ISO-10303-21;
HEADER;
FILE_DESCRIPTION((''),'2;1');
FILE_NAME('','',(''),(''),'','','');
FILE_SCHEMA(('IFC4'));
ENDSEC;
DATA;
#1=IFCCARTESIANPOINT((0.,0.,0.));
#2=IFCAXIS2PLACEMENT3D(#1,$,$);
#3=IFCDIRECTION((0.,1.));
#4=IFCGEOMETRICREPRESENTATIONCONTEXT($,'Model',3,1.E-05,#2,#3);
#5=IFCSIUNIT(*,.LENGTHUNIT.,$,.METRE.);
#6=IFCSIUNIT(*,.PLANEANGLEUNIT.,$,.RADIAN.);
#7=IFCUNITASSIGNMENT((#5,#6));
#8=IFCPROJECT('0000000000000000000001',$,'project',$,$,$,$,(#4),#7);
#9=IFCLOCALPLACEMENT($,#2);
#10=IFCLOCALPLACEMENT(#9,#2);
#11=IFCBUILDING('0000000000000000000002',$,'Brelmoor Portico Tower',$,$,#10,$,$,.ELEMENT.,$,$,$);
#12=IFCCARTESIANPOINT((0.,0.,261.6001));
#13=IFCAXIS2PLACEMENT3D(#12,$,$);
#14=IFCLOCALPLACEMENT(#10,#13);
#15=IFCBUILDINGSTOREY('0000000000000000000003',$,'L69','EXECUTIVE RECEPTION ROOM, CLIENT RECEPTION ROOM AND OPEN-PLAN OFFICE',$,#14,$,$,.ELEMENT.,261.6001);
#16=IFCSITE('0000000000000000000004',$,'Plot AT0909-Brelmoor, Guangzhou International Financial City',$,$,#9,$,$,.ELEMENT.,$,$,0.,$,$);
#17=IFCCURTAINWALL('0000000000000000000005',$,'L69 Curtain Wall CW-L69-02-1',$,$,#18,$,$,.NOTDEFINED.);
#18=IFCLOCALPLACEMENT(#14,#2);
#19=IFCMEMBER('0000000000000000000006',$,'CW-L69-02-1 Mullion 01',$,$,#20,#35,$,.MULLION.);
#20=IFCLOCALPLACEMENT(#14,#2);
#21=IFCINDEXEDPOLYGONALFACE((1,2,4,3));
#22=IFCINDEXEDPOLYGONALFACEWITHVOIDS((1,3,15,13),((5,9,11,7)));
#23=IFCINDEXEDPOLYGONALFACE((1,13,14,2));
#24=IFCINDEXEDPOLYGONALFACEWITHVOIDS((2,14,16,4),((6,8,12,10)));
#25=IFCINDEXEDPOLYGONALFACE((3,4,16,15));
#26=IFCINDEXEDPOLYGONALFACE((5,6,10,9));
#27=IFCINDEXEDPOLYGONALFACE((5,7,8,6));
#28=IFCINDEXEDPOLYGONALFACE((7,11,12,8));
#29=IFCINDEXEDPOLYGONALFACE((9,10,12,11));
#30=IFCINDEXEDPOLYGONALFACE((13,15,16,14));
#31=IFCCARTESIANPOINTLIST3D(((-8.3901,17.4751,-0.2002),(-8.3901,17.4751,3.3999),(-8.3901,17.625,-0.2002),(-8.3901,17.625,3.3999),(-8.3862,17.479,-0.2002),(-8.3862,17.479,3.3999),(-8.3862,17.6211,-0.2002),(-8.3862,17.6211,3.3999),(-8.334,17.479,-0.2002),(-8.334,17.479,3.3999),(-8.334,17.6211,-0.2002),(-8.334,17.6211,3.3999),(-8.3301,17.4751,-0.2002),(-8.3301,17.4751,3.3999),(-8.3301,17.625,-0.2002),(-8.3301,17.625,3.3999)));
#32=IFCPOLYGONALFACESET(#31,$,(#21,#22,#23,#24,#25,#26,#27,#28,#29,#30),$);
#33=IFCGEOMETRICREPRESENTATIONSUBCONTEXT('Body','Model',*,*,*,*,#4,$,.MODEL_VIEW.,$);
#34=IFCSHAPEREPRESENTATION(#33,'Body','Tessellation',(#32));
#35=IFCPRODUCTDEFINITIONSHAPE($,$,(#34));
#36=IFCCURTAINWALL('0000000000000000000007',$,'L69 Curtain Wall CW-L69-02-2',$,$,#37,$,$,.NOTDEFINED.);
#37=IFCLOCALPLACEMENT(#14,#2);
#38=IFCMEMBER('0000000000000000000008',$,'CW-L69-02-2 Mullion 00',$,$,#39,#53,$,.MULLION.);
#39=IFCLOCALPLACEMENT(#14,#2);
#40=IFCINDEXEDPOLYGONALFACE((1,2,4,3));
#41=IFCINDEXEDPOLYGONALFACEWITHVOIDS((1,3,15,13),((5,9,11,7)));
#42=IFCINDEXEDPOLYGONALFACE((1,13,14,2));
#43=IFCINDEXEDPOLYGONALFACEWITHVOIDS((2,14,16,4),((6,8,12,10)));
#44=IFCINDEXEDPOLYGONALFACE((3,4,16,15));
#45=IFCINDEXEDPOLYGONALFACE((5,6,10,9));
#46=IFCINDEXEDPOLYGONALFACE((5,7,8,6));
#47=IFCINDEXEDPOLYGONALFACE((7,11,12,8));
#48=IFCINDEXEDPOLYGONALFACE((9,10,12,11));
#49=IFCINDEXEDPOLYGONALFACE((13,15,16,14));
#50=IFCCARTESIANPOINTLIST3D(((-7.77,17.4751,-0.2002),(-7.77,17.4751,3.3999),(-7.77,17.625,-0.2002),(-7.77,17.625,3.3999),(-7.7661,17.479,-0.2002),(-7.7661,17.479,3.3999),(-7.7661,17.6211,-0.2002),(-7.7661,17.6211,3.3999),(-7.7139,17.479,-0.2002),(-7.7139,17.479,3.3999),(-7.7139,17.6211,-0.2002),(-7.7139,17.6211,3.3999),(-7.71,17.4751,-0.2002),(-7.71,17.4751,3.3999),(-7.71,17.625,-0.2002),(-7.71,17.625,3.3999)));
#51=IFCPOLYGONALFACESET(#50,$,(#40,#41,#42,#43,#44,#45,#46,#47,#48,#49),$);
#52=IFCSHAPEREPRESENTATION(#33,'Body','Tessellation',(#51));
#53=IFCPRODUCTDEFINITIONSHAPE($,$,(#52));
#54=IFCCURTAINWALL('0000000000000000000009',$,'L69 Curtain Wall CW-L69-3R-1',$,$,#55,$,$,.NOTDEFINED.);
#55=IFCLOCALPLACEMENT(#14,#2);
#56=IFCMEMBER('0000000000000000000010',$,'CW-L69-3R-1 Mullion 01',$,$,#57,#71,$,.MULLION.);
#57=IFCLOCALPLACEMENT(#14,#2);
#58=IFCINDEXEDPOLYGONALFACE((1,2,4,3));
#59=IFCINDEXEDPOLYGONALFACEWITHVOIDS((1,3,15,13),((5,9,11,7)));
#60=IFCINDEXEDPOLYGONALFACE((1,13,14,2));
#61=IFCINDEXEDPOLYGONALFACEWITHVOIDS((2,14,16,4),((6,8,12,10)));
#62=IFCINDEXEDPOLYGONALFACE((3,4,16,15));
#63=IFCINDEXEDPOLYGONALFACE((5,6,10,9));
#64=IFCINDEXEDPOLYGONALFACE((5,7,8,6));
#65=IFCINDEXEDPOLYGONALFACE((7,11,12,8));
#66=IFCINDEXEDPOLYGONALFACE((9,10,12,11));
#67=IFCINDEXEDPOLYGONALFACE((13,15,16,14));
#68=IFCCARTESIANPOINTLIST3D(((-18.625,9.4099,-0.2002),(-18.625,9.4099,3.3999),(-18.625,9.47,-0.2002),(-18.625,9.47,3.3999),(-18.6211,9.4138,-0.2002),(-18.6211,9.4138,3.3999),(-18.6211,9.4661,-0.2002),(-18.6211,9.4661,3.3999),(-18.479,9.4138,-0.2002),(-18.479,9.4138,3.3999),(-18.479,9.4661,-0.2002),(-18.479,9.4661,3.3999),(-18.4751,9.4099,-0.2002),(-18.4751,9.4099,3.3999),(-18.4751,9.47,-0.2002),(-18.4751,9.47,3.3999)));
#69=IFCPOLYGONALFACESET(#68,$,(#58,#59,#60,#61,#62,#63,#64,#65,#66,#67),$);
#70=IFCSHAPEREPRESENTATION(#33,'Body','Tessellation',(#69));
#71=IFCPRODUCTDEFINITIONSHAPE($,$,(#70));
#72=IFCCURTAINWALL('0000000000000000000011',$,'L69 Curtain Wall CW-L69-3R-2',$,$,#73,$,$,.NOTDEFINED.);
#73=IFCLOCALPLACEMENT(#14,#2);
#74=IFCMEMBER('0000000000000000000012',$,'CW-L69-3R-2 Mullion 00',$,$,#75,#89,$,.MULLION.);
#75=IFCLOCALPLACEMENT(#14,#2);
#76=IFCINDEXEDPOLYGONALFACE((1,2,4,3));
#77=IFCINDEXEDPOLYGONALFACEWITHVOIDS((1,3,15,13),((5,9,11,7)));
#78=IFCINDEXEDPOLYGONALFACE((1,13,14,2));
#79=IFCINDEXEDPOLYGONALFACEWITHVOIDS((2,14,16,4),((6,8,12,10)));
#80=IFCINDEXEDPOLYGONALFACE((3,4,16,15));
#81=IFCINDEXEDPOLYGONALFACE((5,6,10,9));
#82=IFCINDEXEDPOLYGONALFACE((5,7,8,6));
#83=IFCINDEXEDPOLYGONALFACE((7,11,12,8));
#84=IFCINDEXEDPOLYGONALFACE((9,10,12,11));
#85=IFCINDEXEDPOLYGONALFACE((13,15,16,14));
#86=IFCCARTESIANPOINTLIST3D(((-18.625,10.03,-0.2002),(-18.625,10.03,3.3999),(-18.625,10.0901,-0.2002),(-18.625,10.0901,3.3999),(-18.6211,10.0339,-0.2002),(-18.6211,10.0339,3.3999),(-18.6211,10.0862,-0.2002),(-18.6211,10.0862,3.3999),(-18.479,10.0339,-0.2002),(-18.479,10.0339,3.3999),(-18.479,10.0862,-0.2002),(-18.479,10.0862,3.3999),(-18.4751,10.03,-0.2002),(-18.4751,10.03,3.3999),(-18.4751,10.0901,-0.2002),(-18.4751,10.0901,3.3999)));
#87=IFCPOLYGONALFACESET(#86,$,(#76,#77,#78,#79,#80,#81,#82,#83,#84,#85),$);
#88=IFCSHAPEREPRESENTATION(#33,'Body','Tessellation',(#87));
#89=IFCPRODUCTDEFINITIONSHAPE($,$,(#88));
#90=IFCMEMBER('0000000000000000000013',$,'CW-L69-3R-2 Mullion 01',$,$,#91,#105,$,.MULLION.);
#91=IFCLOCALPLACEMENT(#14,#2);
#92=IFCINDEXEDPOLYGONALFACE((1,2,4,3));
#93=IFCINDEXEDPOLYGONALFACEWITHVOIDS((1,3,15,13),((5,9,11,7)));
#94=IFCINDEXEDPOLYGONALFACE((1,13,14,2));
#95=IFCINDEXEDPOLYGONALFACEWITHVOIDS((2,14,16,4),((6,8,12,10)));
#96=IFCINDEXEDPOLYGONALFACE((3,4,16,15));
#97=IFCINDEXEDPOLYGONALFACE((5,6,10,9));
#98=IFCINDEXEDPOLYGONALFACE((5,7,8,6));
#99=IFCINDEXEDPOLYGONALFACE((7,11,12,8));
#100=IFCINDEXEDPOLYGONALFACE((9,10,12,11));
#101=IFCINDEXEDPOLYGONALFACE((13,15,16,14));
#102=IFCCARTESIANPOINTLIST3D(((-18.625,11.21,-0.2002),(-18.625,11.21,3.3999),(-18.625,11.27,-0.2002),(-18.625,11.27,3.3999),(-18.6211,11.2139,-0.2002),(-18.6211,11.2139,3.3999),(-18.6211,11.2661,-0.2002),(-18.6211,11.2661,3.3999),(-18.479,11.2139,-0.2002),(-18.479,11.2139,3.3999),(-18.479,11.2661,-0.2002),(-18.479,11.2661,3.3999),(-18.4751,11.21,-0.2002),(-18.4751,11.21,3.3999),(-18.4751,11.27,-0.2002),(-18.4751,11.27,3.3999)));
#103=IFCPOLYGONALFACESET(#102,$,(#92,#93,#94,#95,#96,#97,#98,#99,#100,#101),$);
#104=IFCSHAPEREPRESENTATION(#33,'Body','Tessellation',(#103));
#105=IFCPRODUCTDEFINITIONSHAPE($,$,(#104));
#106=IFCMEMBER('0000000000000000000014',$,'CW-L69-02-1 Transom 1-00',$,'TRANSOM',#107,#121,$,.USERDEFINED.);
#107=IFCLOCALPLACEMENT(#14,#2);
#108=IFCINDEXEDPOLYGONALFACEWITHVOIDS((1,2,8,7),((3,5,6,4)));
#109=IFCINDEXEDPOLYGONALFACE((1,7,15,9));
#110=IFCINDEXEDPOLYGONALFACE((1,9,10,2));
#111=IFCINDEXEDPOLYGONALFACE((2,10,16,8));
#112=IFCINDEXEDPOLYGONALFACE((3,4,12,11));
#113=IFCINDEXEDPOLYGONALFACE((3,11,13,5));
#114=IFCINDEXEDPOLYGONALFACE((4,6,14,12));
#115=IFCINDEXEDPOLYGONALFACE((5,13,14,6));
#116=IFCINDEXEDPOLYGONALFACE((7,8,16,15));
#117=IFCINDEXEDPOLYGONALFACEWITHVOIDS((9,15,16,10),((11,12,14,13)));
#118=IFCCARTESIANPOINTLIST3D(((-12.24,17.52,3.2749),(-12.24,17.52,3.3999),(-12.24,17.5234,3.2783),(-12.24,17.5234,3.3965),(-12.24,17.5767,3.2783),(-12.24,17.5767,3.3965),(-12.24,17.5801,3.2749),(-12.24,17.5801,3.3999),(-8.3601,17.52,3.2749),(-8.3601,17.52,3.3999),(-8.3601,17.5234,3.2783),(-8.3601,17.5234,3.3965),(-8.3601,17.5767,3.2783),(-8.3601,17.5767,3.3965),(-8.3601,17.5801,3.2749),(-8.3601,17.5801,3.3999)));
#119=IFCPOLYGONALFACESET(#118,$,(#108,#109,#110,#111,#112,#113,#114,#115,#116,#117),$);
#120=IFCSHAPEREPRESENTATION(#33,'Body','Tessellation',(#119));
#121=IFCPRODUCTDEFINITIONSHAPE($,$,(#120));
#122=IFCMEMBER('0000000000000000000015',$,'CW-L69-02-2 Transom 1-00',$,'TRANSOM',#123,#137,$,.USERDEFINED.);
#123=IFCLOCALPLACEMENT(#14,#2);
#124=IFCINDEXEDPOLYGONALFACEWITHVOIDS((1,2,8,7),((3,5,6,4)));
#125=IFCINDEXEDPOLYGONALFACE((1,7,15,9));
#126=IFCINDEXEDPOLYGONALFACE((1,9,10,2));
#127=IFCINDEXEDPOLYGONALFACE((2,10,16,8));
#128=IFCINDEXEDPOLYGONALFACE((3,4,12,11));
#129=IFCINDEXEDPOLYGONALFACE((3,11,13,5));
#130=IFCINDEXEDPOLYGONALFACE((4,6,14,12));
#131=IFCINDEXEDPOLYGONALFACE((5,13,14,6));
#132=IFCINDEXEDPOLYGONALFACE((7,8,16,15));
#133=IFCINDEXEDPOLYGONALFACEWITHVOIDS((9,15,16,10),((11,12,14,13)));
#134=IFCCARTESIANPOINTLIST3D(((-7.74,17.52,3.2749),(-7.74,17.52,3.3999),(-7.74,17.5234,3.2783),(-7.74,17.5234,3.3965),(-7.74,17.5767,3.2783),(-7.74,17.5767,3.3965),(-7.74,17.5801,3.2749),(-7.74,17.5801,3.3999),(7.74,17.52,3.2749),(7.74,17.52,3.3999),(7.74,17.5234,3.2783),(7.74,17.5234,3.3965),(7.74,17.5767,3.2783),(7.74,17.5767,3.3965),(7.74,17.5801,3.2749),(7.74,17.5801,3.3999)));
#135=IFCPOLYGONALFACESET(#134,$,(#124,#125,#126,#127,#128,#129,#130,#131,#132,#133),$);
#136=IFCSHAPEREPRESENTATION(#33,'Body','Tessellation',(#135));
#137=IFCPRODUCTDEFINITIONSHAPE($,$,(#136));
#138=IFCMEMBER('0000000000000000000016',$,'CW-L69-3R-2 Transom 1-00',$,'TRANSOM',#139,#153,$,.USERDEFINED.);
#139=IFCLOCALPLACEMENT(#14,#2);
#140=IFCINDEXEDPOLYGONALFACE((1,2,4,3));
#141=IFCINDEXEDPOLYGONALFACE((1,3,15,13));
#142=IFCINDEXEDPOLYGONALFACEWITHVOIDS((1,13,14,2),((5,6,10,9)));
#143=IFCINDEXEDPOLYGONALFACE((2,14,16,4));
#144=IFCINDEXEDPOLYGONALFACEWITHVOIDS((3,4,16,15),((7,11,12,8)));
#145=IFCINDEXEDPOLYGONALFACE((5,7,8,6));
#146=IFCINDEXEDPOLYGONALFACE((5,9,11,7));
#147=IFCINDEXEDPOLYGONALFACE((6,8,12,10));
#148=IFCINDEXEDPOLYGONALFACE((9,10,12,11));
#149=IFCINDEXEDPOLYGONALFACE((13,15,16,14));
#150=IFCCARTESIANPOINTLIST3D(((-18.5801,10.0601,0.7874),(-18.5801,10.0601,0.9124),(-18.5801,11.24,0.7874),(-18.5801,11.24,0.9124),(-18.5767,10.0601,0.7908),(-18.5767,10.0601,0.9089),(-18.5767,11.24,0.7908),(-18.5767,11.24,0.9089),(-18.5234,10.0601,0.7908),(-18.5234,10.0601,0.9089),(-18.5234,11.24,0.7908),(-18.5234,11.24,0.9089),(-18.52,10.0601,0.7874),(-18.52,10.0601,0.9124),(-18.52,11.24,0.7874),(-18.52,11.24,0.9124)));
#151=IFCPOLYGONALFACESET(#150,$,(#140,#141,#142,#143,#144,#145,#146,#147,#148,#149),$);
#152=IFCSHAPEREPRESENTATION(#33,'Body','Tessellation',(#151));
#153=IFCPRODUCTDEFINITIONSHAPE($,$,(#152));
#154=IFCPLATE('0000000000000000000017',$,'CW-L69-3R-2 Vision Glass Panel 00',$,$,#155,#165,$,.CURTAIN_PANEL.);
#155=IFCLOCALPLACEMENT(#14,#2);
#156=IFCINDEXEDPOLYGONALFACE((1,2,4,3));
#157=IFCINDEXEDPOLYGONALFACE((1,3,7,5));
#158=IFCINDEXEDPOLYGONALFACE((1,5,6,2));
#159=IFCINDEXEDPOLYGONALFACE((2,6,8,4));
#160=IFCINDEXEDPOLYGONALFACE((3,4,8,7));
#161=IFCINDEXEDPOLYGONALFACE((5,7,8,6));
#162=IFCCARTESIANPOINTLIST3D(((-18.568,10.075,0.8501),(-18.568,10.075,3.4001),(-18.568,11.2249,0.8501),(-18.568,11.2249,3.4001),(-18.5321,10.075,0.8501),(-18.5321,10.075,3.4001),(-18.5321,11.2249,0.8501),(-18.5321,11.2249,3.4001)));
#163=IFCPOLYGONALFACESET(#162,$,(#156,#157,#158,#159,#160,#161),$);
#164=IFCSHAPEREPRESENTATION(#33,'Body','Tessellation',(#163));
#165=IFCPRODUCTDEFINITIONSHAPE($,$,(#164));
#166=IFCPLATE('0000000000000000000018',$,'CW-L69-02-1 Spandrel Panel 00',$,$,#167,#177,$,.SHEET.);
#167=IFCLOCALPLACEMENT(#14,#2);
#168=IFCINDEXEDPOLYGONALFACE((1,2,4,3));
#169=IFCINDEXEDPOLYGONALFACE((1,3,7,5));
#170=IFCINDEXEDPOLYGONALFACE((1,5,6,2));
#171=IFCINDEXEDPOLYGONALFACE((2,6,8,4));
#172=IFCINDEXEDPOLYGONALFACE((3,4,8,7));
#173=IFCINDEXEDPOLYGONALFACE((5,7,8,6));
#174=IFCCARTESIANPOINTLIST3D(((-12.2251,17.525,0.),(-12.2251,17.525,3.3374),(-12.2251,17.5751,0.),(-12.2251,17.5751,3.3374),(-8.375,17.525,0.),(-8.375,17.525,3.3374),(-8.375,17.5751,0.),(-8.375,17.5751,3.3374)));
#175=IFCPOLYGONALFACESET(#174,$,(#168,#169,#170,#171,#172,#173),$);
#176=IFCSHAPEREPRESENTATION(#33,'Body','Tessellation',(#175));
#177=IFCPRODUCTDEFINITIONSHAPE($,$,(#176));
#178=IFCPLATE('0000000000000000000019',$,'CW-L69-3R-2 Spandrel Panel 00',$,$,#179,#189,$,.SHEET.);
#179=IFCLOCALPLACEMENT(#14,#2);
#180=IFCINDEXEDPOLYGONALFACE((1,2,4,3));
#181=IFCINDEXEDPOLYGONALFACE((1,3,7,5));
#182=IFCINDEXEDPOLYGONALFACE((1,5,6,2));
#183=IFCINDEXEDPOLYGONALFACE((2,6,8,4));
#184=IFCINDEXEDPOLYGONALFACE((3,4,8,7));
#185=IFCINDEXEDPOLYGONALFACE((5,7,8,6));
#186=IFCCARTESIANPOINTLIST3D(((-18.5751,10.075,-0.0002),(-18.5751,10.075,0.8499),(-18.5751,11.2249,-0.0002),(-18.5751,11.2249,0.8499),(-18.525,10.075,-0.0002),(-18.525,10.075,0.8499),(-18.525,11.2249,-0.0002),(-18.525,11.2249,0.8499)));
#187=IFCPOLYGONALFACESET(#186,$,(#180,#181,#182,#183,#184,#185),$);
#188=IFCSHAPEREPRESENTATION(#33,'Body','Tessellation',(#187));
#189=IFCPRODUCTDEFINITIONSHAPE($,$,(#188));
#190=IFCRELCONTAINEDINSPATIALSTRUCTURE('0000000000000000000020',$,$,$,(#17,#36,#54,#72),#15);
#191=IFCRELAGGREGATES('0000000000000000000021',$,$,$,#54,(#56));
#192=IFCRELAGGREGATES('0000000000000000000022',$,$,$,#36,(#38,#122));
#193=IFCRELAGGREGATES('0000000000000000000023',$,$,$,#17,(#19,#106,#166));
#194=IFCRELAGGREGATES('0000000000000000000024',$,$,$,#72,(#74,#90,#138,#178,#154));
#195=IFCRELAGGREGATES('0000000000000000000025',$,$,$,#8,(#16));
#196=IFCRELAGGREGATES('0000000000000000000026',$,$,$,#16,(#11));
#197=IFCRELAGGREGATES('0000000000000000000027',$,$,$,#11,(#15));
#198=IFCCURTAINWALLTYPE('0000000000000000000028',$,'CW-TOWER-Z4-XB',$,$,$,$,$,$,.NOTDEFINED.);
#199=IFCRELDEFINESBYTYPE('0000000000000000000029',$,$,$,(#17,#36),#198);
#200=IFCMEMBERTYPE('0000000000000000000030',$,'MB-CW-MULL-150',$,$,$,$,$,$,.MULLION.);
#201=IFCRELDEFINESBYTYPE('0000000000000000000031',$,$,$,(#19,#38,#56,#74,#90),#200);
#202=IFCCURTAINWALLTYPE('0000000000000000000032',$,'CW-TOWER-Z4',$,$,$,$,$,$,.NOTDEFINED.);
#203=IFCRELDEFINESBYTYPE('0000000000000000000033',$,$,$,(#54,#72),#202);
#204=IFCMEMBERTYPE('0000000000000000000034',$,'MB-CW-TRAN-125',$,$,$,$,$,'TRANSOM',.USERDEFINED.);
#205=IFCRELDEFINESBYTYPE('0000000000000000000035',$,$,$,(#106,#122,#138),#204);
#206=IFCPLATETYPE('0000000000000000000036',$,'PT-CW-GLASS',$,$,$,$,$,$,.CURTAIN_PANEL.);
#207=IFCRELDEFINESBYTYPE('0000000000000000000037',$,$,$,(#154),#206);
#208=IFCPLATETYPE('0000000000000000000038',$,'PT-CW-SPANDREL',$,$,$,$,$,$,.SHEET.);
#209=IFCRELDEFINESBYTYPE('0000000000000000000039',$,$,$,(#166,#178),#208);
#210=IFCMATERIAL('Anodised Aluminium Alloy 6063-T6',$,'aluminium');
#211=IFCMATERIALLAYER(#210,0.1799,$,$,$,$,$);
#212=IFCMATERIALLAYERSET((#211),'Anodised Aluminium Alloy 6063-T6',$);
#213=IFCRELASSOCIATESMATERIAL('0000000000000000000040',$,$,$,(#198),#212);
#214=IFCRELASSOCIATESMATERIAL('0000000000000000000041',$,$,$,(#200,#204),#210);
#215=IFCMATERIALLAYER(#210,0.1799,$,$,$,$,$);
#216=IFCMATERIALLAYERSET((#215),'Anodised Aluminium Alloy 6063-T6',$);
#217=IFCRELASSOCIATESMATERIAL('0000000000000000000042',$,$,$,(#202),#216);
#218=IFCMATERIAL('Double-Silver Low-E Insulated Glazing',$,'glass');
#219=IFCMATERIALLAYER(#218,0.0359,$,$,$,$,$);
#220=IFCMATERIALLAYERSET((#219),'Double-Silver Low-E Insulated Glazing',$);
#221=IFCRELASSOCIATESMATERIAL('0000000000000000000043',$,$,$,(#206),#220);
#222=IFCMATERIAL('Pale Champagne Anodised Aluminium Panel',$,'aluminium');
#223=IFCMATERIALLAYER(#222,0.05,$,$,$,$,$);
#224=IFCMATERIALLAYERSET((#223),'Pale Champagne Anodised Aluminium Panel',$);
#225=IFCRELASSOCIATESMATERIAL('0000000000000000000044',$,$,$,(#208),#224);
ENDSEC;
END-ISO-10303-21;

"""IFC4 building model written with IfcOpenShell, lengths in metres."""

from ifc_helpers import new_model, si_unit, direction, frame, origin, origin_2d, place, context, subcontext, project, spatial, rectangle, hollow_rectangle, extrude, material, layer, layer_set, material_profile, profile_set, type_object, element, aggregate, save


model = new_model("IFC4")

# Units and contexts
model_context = context("Model", 3, precision=1e-05, world=origin(), true_north=direction((0.0, 1.0)))
body_context = subcontext(model_context, "Body", "Model", "MODEL_VIEW")
ifc_project = project(units=[si_unit("LENGTHUNIT", "METRE"), si_unit("PLANEANGLEUNIT", "RADIAN")], contexts=[model_context])

# Site, building, storey
site_placement = place(None, origin())
site = spatial("IfcSite", under=ifc_project, at=site_placement, Name="Plot AT0909-Brelmoor, Guangzhou International Financial City", CompositionType="ELEMENT", RefElevation=0.0)
building_placement = place(site_placement, origin())
building = spatial("IfcBuilding", under=site, at=building_placement, Name="Brelmoor Portico Tower", CompositionType="ELEMENT")
storey_placement = place(building_placement, frame((0.0, 0.0, 261.6001)))
storey = spatial("IfcBuildingStorey", under=building, at=storey_placement, Name="L69", Description="EXECUTIVE RECEPTION ROOM, CLIENT RECEPTION ROOM AND OPEN-PLAN OFFICE", CompositionType="ELEMENT", Elevation=261.6001)

# Curtain wall, member
ifc_material_1 = material(Name="Anodised Aluminium Alloy 6063-T6", Category="aluminium")
ifc_layer_1 = layer(ifc_material_1, 0.1799)
ifc_layer_set_1 = layer_set([ifc_layer_1], Name="Anodised Aluminium Alloy 6063-T6")
curtain_wall_type_1 = type_object("IfcCurtainWallType", Name="CW-TOWER-Z4-XB", PredefinedType="NOTDEFINED", material=ifc_layer_set_1)
curtain_wall_1_placement = place(storey_placement, origin())
curtain_wall_1 = element("IfcCurtainWall", 1, at=curtain_wall_1_placement, inside=storey, type_object=curtain_wall_type_1, Name="L69 Curtain Wall CW-L69-02-1", PredefinedType="NOTDEFINED")
ifc_material_profile_1 = material_profile(ifc_material_1, hollow_rectangle(XDim=0.0601, YDim=0.1499, WallThickness=0.0039, at=origin_2d()), Name="ALU MULLION 60x150")
ifc_profile_set_1 = profile_set([ifc_material_profile_1], Name="Anodised Aluminium Alloy 6063-T6")
member_type_1 = type_object("IfcMemberType", Name="MB-CW-MULL-150", PredefinedType="MULLION", material=ifc_profile_set_1)
member_1_placement = place(storey_placement, frame((-8.3601, 17.55, -0.2002), z_axis=(0.0, 0.0, 1.0), x_axis=(1.0, 0.0, 0.0)))
member_1 = element("IfcMember", 2, at=member_1_placement, type_object=member_type_1, Name="CW-L69-02-1 Mullion 01", PredefinedType="MULLION", context=body_context, shape_type="SweptSolid", body=[
    extrude(hollow_rectangle(XDim=0.0601, YDim=0.1499, WallThickness=0.0039, at=origin_2d()), origin(), (0.0, 0.0, 1.0), 3.6001),
])

# Curtain walls, members
curtain_wall_2_placement = place(storey_placement, origin())
curtain_wall_2 = element("IfcCurtainWall", 3, at=curtain_wall_2_placement, inside=storey, type_object=curtain_wall_type_1, Name="L69 Curtain Wall CW-L69-02-2", PredefinedType="NOTDEFINED")
member_2_placement = place(storey_placement, frame((-7.74, 17.55, -0.2002), z_axis=(0.0, 0.0, 1.0), x_axis=(1.0, 0.0, 0.0)))
member_2 = element("IfcMember", 4, at=member_2_placement, type_object=member_type_1, Name="CW-L69-02-2 Mullion 00", PredefinedType="MULLION", context=body_context, shape_type="SweptSolid", body=[
    extrude(hollow_rectangle(XDim=0.0601, YDim=0.1499, WallThickness=0.0039, at=origin_2d()), origin(), (0.0, 0.0, 1.0), 3.6001),
])
ifc_layer_2 = layer(ifc_material_1, 0.1799)
ifc_layer_set_2 = layer_set([ifc_layer_2], Name="Anodised Aluminium Alloy 6063-T6")
curtain_wall_type_2 = type_object("IfcCurtainWallType", Name="CW-TOWER-Z4", PredefinedType="NOTDEFINED", material=ifc_layer_set_2)
curtain_wall_3_placement = place(storey_placement, origin())
curtain_wall_3 = element("IfcCurtainWall", 5, at=curtain_wall_3_placement, inside=storey, type_object=curtain_wall_type_2, Name="L69 Curtain Wall CW-L69-3R-1", PredefinedType="NOTDEFINED")
member_3_placement = place(storey_placement, frame((-18.55, 9.4399, -0.2002), z_axis=(0.0, 0.0, 1.0), x_axis=(0.0, 1.0, 0.0)))
member_3 = element("IfcMember", 6, at=member_3_placement, type_object=member_type_1, Name="CW-L69-3R-1 Mullion 01", PredefinedType="MULLION", context=body_context, shape_type="SweptSolid", body=[
    extrude(hollow_rectangle(XDim=0.0601, YDim=0.1499, WallThickness=0.0039, at=origin_2d()), origin(), (0.0, 0.0, 1.0), 3.6001),
])
aggregate(curtain_wall_3, [member_3])

# Curtain wall, members
curtain_wall_4_placement = place(storey_placement, origin())
curtain_wall_4 = element("IfcCurtainWall", 7, at=curtain_wall_4_placement, inside=storey, type_object=curtain_wall_type_2, Name="L69 Curtain Wall CW-L69-3R-2", PredefinedType="NOTDEFINED")
member_4_placement = place(storey_placement, frame((-18.55, 10.0601, -0.2002), z_axis=(0.0, 0.0, 1.0), x_axis=(0.0, 1.0, 0.0)))
member_4 = element("IfcMember", 8, at=member_4_placement, type_object=member_type_1, Name="CW-L69-3R-2 Mullion 00", PredefinedType="MULLION", context=body_context, shape_type="SweptSolid", body=[
    extrude(hollow_rectangle(XDim=0.0601, YDim=0.1499, WallThickness=0.0039, at=origin_2d()), origin(), (0.0, 0.0, 1.0), 3.6001),
])
member_5_placement = place(storey_placement, frame((-18.55, 11.24, -0.2002), z_axis=(0.0, 0.0, 1.0), x_axis=(0.0, 1.0, 0.0)))
member_5 = element("IfcMember", 9, at=member_5_placement, type_object=member_type_1, Name="CW-L69-3R-2 Mullion 01", PredefinedType="MULLION", context=body_context, shape_type="SweptSolid", body=[
    extrude(hollow_rectangle(XDim=0.0601, YDim=0.1499, WallThickness=0.0039, at=origin_2d()), origin(), (0.0, 0.0, 1.0), 3.6001),
])

# Members
ifc_material_profile_2 = material_profile(ifc_material_1, hollow_rectangle(XDim=0.0601, YDim=0.125, WallThickness=0.0034, at=origin_2d()), Name="ALU TRANSOM 60x125")
ifc_profile_set_2 = profile_set([ifc_material_profile_2], Name="Anodised Aluminium Alloy 6063-T6")
member_type_2 = type_object("IfcMemberType", Name="MB-CW-TRAN-125", ElementType="TRANSOM", PredefinedType="USERDEFINED", material=ifc_profile_set_2)
member_6_placement = place(storey_placement, frame((-12.24, 17.55, 3.3374), z_axis=(1.0, 0.0, 0.0), x_axis=(0.0, 1.0, 0.0)))
member_6 = element("IfcMember", 10, at=member_6_placement, type_object=member_type_2, Name="CW-L69-02-1 Transom 1-00", ObjectType="TRANSOM", PredefinedType="USERDEFINED", context=body_context, shape_type="SweptSolid", body=[
    extrude(hollow_rectangle(XDim=0.0601, YDim=0.125, WallThickness=0.0034, at=origin_2d()), origin(), (0.0, 0.0, 1.0), 3.8799),
])
member_7_placement = place(storey_placement, frame((-7.74, 17.55, 3.3374), z_axis=(1.0, 0.0, 0.0), x_axis=(0.0, 1.0, 0.0)))
member_7 = element("IfcMember", 11, at=member_7_placement, type_object=member_type_2, Name="CW-L69-02-2 Transom 1-00", ObjectType="TRANSOM", PredefinedType="USERDEFINED", context=body_context, shape_type="SweptSolid", body=[
    extrude(hollow_rectangle(XDim=0.0601, YDim=0.125, WallThickness=0.0034, at=origin_2d()), origin(), (0.0, 0.0, 1.0), 15.48),
])
aggregate(curtain_wall_2, [member_2, member_7])
member_8_placement = place(storey_placement, frame((-18.55, 10.0601, 0.8499), z_axis=(0.0, 1.0, 0.0), x_axis=(-1.0, 0.0, 0.0)))
member_8 = element("IfcMember", 12, at=member_8_placement, type_object=member_type_2, Name="CW-L69-3R-2 Transom 1-00", ObjectType="TRANSOM", PredefinedType="USERDEFINED", context=body_context, shape_type="SweptSolid", body=[
    extrude(hollow_rectangle(XDim=0.0601, YDim=0.125, WallThickness=0.0034, at=origin_2d()), origin(), (0.0, 0.0, 1.0), 1.1799),
])

# Plates
ifc_material_2 = material(Name="Double-Silver Low-E Insulated Glazing", Category="glass")
ifc_layer_3 = layer(ifc_material_2, 0.0359)
ifc_layer_set_3 = layer_set([ifc_layer_3], Name="Double-Silver Low-E Insulated Glazing")
plate_type_1 = type_object("IfcPlateType", Name="PT-CW-GLASS", PredefinedType="CURTAIN_PANEL", material=ifc_layer_set_3)
plate_1_placement = place(storey_placement, frame((-18.55, 10.6499, 0.8501), z_axis=(0.0, 0.0, 1.0), x_axis=(0.0, 1.0, 0.0)))
plate_1 = element("IfcPlate", 13, at=plate_1_placement, type_object=plate_type_1, Name="CW-L69-3R-2 Vision Glass Panel 00", PredefinedType="CURTAIN_PANEL", context=body_context, shape_type="SweptSolid", body=[
    extrude(rectangle(XDim=1.1499, YDim=0.0359, at=origin_2d()), origin(), (0.0, 0.0, 1.0), 2.55),
])
ifc_material_3 = material(Name="Pale Champagne Anodised Aluminium Panel", Category="aluminium")
ifc_layer_4 = layer(ifc_material_3, 0.05)
ifc_layer_set_4 = layer_set([ifc_layer_4], Name="Pale Champagne Anodised Aluminium Panel")
plate_type_2 = type_object("IfcPlateType", Name="PT-CW-SPANDREL", PredefinedType="SHEET", material=ifc_layer_set_4)
plate_2_placement = place(storey_placement, frame((-10.3, 17.55, 0.0), z_axis=(0.0, 0.0, 1.0), x_axis=(1.0, 0.0, 0.0)))
plate_2 = element("IfcPlate", 14, at=plate_2_placement, type_object=plate_type_2, Name="CW-L69-02-1 Spandrel Panel 00", PredefinedType="SHEET", context=body_context, shape_type="SweptSolid", body=[
    extrude(rectangle(XDim=3.8501, YDim=0.05, at=origin_2d()), origin(), (0.0, 0.0, 1.0), 3.3374),
])
aggregate(curtain_wall_1, [member_1, member_6, plate_2])
plate_3_placement = place(storey_placement, frame((-18.55, 10.6499, -0.0002), z_axis=(0.0, 0.0, 1.0), x_axis=(0.0, 1.0, 0.0)))
plate_3 = element("IfcPlate", 15, at=plate_3_placement, type_object=plate_type_2, Name="CW-L69-3R-2 Spandrel Panel 00", PredefinedType="SHEET", context=body_context, shape_type="SweptSolid", body=[
    extrude(rectangle(XDim=1.1499, YDim=0.05, at=origin_2d()), origin(), (0.0, 0.0, 1.0), 0.8501),
])
aggregate(curtain_wall_4, [member_4, member_5, member_8, plate_3, plate_1])

save(model, "model.ifc")
